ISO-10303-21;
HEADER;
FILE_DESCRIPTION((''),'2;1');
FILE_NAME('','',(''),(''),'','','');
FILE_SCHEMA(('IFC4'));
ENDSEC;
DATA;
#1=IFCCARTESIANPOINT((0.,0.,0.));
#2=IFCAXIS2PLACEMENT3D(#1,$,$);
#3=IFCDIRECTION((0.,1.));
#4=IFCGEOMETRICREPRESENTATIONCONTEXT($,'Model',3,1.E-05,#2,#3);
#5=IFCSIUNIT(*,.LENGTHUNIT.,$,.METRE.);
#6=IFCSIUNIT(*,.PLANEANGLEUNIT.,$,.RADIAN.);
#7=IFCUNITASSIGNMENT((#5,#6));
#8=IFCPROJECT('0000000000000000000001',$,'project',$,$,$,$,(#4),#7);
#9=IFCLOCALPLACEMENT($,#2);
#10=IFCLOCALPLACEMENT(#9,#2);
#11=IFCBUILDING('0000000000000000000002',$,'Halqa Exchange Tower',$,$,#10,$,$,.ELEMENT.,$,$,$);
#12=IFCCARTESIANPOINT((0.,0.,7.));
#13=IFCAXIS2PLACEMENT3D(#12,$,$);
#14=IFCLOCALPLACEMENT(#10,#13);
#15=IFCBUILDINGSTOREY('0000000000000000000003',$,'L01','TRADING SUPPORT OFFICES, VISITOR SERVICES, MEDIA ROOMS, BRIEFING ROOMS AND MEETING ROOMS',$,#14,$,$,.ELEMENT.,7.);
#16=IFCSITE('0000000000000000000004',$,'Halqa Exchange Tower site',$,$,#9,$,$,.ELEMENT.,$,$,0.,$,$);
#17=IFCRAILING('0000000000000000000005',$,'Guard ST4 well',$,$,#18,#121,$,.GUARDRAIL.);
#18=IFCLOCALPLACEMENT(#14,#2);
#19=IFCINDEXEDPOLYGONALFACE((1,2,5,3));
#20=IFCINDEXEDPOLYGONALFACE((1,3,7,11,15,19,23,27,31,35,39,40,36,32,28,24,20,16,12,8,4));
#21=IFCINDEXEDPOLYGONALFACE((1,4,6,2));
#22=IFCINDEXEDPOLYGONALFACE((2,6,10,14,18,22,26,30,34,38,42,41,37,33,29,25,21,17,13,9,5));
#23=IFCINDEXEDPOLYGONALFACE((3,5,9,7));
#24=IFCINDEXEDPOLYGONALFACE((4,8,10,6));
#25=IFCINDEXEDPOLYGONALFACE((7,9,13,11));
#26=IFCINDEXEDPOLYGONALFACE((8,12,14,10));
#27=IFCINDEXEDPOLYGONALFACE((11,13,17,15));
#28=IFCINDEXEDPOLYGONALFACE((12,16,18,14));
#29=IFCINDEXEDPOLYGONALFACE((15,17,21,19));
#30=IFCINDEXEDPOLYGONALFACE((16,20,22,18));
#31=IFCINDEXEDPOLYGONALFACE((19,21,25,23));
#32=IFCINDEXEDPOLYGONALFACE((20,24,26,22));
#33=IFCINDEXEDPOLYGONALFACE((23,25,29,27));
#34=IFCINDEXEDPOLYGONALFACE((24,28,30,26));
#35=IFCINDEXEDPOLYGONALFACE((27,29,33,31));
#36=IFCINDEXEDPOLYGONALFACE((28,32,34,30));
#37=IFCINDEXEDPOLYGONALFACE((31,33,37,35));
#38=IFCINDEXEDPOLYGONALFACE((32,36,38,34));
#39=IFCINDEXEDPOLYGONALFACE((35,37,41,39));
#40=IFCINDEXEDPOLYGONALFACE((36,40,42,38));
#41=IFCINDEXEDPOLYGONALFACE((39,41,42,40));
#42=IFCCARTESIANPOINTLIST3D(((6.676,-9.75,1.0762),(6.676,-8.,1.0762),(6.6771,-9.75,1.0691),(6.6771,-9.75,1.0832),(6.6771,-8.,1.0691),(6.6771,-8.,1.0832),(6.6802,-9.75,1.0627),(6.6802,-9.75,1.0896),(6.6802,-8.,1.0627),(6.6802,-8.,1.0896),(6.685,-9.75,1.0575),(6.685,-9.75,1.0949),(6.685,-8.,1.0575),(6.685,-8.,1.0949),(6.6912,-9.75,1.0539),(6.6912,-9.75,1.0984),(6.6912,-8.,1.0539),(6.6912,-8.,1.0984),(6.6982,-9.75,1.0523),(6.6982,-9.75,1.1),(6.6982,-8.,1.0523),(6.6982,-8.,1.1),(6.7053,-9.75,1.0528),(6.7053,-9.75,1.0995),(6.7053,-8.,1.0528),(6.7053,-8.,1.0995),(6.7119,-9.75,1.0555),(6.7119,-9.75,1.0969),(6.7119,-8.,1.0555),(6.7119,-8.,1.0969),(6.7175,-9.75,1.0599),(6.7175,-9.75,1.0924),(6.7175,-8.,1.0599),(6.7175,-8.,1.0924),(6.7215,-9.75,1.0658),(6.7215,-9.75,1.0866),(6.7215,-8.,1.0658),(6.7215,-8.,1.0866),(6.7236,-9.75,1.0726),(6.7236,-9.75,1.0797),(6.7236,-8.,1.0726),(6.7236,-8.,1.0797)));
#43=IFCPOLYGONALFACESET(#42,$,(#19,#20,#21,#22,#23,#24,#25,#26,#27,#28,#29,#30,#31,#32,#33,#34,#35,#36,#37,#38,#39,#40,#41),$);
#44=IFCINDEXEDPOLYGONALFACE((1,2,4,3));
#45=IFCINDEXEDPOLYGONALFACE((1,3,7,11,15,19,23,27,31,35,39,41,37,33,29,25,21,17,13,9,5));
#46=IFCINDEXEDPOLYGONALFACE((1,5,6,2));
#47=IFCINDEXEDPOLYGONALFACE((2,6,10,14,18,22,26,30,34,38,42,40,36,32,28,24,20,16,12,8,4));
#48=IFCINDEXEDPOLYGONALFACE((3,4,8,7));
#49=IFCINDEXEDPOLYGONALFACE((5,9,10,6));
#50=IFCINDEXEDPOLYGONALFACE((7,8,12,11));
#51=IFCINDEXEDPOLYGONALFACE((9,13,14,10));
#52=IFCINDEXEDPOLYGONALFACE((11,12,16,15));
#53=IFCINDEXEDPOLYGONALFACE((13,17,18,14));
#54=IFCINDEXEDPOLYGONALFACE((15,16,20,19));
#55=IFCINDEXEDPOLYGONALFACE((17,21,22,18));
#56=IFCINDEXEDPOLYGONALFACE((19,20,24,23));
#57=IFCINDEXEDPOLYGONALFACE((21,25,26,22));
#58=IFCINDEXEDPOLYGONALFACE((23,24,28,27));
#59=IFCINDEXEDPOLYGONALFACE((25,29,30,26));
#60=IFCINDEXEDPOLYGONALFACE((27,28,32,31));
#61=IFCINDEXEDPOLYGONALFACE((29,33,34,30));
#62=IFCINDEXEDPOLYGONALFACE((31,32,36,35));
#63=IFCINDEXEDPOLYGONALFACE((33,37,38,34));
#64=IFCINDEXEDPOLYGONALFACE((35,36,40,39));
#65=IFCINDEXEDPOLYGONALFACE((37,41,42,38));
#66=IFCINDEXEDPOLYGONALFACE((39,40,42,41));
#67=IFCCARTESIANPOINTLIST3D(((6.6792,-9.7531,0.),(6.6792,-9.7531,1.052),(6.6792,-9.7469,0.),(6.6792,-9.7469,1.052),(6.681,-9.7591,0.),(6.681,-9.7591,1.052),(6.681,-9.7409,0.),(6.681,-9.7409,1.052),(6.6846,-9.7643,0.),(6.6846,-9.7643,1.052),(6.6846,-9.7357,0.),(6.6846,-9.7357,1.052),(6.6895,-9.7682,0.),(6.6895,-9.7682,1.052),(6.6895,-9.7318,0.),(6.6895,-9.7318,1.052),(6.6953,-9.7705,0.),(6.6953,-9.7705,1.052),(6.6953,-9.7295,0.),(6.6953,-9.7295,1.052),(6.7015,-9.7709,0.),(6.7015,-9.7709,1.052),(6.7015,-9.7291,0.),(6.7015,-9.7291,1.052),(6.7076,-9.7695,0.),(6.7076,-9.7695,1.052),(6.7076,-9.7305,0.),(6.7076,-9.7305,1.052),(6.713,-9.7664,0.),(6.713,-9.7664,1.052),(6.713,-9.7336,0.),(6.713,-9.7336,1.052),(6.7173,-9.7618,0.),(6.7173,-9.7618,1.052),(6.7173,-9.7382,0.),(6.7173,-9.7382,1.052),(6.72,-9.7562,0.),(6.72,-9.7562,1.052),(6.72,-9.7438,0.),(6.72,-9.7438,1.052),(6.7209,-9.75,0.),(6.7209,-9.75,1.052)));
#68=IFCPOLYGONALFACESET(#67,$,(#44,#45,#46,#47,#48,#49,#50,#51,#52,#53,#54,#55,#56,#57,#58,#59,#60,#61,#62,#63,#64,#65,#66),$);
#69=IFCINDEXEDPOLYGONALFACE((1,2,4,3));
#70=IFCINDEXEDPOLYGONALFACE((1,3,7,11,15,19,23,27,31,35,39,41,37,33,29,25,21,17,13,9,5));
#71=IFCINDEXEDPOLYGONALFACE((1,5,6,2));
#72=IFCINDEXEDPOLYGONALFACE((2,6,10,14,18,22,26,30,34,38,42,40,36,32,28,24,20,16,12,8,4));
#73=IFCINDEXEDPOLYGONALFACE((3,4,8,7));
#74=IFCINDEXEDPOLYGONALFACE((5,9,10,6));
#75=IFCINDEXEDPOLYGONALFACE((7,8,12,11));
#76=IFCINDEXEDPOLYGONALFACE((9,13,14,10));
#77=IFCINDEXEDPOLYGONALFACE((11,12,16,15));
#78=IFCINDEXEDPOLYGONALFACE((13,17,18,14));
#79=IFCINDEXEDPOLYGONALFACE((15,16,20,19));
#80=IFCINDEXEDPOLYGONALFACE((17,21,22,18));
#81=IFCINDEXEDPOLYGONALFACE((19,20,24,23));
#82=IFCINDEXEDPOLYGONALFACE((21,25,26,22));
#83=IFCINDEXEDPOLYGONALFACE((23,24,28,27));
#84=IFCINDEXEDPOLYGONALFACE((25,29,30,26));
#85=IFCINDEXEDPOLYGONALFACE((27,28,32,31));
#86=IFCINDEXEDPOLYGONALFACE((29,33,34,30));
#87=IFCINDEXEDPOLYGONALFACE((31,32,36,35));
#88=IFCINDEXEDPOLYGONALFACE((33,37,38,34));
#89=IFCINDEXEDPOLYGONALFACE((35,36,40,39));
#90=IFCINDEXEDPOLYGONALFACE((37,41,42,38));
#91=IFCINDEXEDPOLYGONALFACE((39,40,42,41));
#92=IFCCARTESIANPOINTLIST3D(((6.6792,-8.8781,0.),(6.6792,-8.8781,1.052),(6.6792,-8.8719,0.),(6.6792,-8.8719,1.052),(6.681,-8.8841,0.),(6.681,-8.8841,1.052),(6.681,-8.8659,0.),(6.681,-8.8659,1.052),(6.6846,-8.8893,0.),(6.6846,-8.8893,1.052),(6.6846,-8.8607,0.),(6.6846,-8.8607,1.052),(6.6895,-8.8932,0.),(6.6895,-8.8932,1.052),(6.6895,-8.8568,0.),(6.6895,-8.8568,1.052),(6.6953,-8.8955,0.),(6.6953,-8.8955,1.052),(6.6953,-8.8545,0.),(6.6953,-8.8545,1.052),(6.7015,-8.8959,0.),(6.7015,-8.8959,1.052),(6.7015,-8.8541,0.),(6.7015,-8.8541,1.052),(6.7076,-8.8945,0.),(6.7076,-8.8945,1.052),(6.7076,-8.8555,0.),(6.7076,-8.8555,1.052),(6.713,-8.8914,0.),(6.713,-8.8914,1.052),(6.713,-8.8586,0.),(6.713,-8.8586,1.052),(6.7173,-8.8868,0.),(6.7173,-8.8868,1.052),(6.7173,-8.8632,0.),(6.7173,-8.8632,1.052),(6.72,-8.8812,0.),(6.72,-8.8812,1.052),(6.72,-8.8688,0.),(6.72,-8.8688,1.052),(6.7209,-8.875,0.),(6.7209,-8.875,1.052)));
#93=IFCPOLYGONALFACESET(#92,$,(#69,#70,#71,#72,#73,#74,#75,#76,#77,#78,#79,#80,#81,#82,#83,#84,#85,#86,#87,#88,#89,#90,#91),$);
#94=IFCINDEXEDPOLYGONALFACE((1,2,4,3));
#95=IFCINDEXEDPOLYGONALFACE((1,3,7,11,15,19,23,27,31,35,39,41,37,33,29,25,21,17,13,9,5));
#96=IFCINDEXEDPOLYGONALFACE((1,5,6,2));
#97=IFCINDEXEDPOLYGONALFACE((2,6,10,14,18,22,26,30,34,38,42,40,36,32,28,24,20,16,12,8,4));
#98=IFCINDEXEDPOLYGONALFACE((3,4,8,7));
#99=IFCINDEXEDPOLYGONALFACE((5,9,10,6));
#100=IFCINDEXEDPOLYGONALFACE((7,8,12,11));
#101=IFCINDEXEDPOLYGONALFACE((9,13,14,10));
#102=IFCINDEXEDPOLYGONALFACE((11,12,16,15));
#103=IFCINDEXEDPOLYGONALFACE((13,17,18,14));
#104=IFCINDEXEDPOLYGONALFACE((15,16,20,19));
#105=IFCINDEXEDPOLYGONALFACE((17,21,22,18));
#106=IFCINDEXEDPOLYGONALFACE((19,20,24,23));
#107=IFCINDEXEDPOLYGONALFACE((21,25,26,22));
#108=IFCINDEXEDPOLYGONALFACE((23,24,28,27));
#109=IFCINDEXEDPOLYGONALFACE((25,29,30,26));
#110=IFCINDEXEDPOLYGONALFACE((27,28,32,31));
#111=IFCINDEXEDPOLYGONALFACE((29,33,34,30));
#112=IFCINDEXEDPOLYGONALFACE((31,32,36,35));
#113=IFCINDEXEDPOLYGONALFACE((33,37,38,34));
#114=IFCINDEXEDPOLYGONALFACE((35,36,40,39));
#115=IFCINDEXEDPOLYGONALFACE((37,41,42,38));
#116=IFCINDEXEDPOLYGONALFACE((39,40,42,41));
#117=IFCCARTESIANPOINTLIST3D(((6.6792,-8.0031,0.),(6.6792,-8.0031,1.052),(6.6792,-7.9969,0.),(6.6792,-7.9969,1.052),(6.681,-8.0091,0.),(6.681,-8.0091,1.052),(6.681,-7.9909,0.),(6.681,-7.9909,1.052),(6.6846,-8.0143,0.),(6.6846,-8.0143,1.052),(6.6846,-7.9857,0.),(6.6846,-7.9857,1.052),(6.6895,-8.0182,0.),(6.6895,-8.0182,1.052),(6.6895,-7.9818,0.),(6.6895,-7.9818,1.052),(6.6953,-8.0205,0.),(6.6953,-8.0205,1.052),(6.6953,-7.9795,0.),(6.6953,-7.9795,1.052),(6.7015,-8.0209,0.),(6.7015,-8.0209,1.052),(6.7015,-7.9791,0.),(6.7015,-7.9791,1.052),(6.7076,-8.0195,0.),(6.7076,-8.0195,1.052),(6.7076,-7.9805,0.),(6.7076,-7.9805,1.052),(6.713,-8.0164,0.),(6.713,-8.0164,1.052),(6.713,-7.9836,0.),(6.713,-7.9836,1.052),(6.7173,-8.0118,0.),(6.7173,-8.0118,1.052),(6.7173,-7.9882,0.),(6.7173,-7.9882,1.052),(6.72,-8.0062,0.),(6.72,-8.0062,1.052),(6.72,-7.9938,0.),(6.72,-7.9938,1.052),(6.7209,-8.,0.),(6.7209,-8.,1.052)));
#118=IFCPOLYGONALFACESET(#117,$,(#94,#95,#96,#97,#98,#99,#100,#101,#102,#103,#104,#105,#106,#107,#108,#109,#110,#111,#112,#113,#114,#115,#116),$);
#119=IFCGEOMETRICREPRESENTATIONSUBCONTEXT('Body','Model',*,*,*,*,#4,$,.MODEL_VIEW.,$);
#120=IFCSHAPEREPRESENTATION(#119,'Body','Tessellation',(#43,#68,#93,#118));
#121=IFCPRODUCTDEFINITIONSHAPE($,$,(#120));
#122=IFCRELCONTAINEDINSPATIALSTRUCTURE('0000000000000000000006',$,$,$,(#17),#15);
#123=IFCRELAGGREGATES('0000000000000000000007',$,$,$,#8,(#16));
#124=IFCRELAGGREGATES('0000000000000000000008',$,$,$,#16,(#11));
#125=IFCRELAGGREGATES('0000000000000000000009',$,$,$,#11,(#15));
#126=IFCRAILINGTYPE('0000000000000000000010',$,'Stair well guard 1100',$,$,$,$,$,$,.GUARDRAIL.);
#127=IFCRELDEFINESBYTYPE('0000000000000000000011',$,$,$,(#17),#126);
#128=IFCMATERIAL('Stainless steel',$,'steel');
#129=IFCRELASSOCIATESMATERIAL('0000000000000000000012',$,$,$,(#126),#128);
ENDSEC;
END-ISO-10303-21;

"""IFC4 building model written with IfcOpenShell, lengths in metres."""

from ifc_helpers import new_model, si_unit, direction, frame, origin, origin_2d, place, context, subcontext, project, spatial, circle, extrude, material, type_object, element, save


model = new_model("IFC4")

# Units and contexts
model_context = context("Model", 3, precision=1e-05, world=origin(), true_north=direction((0.0, 1.0)))
body_context = subcontext(model_context, "Body", "Model", "MODEL_VIEW")
ifc_project = project(units=[si_unit("LENGTHUNIT", "METRE"), si_unit("PLANEANGLEUNIT", "RADIAN")], contexts=[model_context])

# Site, building, storey
site_placement = place(None, origin())
site = spatial("IfcSite", under=ifc_project, at=site_placement, Name="Halqa Exchange Tower site", CompositionType="ELEMENT", RefElevation=0.0)
building_placement = place(site_placement, origin())
building = spatial("IfcBuilding", under=site, at=building_placement, Name="Halqa Exchange Tower", CompositionType="ELEMENT")
storey_placement = place(building_placement, frame((0.0, 0.0, 7.0)))
storey = spatial("IfcBuildingStorey", under=building, at=storey_placement, Name="L01", Description="TRADING SUPPORT OFFICES, VISITOR SERVICES, MEDIA ROOMS, BRIEFING ROOMS AND MEETING ROOMS", CompositionType="ELEMENT", Elevation=7.0)

# Railing
ifc_material_1 = material(Name="Stainless steel", Category="steel")
railing_type_1 = type_object("IfcRailingType", Name="Stair well guard 1100", PredefinedType="GUARDRAIL", material=ifc_material_1)
railing_1_placement = place(storey_placement, frame((6.7, -9.75, 0.0)))
element("IfcRailing", 1, at=railing_1_placement, inside=storey, type_object=railing_type_1, Name="Guard ST4 well", PredefinedType="GUARDRAIL", context=body_context, shape_type="SweptSolid", body=[
    extrude(circle(Radius=0.0239, at=origin_2d()), frame((0.0, 0.0, 1.0762), z_axis=(0.0, 1.0, 0.0), x_axis=(-1.0, 0.0, 0.0)), (0.0, 0.0, 1.0), 1.75),
    extrude(circle(Radius=0.021, at=origin_2d()), origin(), (0.0, 0.0, 1.0), 1.052),
    extrude(circle(Radius=0.021, at=origin_2d()), frame((0.0, 0.875, 0.0)), (0.0, 0.0, 1.0), 1.052),
    extrude(circle(Radius=0.021, at=origin_2d()), frame((0.0, 1.75, 0.0)), (0.0, 0.0, 1.0), 1.052),
])

save(model, "model.ifc")
